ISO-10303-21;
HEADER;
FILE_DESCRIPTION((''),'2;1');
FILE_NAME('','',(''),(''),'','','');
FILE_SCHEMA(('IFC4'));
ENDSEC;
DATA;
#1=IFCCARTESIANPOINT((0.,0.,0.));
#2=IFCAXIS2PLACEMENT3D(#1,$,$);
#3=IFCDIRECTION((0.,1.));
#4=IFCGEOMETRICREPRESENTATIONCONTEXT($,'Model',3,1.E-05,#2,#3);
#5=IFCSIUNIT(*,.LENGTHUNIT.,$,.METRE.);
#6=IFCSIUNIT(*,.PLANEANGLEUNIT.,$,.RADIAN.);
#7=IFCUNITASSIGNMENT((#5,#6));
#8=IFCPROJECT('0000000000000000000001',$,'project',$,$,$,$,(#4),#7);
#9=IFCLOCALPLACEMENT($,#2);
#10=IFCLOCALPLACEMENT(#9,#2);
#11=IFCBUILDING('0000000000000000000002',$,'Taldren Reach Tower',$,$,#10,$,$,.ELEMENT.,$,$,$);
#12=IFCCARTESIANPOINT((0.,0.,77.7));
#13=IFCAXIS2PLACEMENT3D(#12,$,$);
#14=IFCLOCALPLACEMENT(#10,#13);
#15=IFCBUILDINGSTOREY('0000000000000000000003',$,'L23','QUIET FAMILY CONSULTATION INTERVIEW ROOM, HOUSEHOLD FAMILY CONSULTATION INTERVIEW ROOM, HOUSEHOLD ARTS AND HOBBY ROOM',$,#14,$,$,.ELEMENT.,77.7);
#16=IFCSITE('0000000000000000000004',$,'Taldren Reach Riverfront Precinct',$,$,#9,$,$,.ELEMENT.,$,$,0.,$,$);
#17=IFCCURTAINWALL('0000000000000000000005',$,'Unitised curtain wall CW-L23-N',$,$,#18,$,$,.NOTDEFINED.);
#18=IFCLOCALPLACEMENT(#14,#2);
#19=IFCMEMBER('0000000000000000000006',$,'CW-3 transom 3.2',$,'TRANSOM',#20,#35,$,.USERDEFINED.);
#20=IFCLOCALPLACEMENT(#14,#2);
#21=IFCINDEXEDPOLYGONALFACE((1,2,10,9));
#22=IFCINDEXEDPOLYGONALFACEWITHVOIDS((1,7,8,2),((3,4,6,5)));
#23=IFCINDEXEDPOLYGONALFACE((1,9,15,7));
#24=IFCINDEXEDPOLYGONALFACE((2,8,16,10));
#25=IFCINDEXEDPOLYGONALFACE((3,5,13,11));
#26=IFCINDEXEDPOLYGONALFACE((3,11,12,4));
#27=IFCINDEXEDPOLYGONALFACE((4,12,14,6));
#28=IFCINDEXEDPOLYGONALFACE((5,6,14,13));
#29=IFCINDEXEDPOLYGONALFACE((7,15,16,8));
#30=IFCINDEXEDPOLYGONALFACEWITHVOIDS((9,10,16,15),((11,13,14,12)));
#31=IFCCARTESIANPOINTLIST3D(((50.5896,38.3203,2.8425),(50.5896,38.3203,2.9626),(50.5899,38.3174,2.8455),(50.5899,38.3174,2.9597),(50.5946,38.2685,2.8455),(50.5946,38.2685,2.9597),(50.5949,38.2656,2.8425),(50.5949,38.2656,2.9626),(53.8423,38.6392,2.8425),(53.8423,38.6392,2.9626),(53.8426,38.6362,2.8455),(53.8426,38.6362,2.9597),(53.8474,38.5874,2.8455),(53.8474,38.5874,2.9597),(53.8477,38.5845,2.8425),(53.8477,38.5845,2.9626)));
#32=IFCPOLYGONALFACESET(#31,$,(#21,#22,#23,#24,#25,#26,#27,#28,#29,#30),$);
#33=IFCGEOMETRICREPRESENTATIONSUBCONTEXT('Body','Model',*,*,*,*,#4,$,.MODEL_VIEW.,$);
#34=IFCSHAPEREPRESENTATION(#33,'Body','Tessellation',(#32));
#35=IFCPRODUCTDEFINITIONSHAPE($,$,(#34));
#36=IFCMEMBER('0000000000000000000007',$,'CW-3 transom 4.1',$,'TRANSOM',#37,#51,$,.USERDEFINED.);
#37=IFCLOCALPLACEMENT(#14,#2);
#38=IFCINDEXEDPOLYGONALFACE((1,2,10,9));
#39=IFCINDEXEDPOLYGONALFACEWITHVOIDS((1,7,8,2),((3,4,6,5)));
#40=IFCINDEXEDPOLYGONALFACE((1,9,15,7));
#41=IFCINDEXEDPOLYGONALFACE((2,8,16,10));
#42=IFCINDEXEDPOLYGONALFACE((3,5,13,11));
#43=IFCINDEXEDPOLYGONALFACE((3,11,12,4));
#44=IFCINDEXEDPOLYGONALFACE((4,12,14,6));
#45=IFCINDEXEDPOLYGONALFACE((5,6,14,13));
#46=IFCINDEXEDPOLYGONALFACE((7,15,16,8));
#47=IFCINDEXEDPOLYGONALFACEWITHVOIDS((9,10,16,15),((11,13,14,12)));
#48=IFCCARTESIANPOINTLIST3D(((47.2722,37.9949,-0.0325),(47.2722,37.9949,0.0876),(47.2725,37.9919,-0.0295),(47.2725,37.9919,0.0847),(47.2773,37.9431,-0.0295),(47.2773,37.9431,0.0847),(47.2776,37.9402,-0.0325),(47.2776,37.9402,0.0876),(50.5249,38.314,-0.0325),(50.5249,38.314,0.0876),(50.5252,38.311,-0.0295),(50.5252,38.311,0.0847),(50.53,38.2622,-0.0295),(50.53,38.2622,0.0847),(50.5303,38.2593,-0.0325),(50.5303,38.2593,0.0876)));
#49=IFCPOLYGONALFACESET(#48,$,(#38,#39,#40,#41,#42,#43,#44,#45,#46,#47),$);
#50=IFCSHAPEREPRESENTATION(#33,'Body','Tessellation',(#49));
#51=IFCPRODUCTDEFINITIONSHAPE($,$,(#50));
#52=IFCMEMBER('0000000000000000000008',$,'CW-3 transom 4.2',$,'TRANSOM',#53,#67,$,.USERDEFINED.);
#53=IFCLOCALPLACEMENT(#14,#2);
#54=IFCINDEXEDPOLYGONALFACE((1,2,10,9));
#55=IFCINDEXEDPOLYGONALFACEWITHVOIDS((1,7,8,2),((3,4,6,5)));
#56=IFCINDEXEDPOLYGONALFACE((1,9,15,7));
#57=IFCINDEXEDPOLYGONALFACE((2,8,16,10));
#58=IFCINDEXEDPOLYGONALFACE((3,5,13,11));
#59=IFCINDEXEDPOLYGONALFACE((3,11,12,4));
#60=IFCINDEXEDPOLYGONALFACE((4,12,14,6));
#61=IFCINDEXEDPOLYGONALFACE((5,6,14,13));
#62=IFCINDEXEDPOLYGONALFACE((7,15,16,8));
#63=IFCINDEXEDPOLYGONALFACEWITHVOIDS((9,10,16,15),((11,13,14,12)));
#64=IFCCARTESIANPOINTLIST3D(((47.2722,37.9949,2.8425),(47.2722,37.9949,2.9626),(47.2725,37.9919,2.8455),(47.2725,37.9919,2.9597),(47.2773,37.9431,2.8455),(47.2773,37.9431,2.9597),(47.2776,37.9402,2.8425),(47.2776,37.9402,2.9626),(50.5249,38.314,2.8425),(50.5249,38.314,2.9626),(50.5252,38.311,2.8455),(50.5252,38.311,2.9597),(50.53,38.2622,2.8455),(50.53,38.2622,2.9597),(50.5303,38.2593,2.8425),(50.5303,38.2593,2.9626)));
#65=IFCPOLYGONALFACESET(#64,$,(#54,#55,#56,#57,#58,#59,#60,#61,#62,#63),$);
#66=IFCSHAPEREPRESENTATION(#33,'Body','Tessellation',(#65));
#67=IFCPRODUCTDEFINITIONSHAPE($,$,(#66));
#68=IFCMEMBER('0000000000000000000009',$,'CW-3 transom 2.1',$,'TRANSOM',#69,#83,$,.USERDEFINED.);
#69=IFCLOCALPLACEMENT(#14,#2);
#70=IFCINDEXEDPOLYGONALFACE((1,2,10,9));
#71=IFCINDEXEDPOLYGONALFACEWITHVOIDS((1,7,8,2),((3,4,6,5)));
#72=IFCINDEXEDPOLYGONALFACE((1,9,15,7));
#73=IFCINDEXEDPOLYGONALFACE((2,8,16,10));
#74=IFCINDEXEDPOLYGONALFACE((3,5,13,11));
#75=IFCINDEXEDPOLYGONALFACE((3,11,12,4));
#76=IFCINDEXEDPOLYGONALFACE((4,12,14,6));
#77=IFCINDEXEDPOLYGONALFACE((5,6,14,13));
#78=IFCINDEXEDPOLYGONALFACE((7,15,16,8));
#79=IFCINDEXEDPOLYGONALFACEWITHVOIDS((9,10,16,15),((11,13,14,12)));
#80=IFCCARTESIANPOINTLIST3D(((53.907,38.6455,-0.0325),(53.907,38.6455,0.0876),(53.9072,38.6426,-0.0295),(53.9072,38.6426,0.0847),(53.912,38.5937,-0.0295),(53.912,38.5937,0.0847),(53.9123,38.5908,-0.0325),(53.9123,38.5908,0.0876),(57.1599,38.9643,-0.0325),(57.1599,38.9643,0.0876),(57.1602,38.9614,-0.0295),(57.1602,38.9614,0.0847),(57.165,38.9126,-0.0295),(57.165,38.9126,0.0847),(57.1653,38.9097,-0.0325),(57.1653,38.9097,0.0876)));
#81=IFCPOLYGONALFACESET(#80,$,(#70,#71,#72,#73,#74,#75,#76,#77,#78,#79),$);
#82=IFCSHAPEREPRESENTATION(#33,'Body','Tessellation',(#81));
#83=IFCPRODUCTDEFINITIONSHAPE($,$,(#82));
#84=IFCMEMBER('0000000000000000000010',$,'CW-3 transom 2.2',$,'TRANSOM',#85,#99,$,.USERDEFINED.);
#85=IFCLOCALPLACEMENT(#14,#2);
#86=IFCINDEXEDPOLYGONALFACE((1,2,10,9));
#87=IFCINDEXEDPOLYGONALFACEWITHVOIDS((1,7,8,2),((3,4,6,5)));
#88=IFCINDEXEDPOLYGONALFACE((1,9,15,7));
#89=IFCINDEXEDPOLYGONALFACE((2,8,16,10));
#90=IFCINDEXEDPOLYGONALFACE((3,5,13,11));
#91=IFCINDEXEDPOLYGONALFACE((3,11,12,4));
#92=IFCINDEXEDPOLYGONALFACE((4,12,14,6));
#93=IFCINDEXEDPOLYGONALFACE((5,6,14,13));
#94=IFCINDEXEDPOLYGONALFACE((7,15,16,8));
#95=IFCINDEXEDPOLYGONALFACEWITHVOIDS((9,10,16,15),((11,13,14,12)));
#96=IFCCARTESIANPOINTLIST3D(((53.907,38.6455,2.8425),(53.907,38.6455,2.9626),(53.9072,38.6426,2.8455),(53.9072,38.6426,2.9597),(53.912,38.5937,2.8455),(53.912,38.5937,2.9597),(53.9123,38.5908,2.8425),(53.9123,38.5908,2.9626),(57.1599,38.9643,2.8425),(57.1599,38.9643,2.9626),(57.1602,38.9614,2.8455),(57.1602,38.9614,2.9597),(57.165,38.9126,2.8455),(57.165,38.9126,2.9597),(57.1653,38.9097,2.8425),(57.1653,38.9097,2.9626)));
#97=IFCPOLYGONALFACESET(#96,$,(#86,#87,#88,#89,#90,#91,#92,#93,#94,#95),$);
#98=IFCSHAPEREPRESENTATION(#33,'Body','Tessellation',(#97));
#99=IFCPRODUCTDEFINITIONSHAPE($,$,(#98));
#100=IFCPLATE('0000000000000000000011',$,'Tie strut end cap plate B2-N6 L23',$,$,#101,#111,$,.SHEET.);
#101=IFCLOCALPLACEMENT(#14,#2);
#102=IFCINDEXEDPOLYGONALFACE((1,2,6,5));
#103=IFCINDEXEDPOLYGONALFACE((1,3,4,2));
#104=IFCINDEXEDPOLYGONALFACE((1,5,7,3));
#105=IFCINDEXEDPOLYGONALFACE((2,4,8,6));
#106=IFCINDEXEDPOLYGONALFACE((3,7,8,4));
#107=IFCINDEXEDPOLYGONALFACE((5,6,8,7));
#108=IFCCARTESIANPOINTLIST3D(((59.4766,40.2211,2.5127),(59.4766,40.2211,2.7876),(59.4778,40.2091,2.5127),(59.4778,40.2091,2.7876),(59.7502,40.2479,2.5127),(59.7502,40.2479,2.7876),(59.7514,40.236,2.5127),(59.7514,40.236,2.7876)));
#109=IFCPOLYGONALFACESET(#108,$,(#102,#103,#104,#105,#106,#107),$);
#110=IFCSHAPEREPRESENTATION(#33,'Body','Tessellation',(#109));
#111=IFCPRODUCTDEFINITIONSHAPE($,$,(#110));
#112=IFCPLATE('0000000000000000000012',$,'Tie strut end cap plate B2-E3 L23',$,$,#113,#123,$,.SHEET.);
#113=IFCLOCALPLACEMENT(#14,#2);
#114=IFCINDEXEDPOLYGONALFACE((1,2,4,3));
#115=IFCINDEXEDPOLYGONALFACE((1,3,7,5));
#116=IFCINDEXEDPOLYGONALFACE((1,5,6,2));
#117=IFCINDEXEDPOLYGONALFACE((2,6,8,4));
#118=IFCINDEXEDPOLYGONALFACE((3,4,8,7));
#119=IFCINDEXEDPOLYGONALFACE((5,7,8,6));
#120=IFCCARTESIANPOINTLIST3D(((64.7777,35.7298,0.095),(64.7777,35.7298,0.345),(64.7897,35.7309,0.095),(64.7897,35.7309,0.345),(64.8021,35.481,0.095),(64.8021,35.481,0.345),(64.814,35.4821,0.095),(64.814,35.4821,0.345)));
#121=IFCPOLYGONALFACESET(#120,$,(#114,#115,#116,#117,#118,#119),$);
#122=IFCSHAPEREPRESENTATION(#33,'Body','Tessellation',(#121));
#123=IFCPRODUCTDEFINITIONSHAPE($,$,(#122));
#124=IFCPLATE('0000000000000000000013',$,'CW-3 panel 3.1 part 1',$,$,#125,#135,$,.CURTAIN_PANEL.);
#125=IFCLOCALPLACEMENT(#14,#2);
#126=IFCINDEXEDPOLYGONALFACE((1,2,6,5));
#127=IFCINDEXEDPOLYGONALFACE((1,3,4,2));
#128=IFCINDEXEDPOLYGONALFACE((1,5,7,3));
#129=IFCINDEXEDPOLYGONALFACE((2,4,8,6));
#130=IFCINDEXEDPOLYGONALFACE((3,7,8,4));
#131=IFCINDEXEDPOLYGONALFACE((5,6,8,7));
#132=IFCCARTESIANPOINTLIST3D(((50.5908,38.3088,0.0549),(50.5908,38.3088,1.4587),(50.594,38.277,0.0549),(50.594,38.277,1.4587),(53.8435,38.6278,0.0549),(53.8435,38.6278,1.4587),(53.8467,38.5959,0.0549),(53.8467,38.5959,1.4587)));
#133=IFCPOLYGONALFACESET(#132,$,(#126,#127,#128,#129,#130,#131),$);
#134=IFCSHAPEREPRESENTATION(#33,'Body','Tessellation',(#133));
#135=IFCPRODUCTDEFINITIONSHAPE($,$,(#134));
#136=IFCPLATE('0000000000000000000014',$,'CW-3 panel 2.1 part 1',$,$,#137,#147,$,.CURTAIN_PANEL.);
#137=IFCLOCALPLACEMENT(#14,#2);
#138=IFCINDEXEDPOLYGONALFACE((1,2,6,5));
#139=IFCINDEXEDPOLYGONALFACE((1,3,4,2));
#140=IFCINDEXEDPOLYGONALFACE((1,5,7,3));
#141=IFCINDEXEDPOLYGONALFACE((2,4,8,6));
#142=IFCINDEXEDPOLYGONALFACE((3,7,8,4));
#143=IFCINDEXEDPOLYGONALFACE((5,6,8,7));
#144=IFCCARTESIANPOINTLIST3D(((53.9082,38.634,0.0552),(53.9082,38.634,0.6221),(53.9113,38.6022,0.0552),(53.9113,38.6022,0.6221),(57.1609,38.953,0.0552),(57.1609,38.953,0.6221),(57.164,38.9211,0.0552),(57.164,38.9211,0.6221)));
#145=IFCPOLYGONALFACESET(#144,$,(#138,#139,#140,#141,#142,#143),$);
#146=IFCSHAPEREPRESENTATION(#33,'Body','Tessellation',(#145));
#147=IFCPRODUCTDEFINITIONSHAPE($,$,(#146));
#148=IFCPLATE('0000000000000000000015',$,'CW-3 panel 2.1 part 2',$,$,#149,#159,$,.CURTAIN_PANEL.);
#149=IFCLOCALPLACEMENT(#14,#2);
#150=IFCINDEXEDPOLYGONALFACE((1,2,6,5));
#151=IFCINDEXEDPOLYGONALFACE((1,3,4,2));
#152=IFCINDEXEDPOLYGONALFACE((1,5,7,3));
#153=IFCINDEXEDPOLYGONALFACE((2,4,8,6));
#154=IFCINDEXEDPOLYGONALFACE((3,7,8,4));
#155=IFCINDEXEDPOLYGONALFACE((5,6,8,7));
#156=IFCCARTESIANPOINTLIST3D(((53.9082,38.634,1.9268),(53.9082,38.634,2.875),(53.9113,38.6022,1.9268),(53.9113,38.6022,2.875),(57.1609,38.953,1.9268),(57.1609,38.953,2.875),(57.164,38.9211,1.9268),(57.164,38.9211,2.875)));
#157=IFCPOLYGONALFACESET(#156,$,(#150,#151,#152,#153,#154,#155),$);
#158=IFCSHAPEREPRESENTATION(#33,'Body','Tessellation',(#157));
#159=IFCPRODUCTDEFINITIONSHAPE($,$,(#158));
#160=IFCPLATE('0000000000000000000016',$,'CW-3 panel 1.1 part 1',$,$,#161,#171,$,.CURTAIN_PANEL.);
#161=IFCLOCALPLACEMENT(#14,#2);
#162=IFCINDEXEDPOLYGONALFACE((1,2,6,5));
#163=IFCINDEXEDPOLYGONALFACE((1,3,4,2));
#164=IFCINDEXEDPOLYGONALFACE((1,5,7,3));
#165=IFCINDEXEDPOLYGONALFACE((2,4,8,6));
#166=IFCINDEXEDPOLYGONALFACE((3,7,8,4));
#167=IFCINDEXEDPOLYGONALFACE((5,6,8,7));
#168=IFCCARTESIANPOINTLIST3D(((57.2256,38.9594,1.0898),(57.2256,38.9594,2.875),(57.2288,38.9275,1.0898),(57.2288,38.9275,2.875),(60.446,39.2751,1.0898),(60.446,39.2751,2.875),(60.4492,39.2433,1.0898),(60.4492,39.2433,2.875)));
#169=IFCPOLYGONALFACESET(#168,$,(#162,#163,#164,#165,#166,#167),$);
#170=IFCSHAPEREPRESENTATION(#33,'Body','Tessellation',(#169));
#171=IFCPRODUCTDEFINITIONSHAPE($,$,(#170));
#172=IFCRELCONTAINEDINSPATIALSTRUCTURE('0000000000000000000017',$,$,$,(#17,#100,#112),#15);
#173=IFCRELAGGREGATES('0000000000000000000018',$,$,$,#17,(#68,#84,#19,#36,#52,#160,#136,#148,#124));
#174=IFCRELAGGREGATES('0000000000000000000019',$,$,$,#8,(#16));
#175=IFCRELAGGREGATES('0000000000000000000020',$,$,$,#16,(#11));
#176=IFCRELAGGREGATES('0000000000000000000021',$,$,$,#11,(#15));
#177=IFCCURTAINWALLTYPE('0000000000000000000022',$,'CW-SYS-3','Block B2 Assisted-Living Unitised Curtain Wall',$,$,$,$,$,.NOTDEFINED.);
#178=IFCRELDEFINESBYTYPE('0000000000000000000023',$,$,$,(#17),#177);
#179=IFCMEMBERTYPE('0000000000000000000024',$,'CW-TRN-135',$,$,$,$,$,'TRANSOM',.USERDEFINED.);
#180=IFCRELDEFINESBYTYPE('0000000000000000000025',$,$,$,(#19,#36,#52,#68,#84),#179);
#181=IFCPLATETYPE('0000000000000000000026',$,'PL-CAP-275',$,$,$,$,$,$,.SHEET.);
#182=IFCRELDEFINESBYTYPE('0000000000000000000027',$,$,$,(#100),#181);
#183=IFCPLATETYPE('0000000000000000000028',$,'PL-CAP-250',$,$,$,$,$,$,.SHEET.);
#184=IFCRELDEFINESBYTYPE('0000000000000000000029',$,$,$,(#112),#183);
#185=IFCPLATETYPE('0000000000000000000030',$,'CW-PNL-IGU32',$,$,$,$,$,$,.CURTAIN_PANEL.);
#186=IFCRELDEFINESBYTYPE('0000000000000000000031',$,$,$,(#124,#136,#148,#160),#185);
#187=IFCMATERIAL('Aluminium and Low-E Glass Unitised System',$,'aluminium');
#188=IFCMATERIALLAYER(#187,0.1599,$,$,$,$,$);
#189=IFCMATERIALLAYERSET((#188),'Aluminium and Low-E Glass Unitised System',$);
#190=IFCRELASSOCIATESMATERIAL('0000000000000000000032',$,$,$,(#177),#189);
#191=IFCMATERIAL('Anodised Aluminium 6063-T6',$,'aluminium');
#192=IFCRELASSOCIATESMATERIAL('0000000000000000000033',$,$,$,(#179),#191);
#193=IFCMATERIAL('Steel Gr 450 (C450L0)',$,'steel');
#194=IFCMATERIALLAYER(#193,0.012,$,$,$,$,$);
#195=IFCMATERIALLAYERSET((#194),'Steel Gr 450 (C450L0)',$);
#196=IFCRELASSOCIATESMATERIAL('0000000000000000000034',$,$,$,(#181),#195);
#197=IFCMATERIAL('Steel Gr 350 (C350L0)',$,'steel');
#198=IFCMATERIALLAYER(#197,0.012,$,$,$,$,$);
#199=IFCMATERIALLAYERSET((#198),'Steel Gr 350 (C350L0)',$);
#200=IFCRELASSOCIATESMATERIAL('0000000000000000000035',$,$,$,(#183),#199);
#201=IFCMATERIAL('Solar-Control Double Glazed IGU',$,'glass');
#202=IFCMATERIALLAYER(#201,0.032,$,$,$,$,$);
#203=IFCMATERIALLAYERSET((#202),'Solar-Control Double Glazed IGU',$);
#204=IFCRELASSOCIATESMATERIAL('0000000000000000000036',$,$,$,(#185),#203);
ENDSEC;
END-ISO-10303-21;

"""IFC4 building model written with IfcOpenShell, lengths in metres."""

from ifc_helpers import new_model, si_unit, direction, frame, origin, origin_2d, place, context, subcontext, project, spatial, rectangle, hollow_rectangle, extrude, source, transform, mapped, material, layer, layer_set, material_profile, profile_set, type_object, element, aggregate, save


model = new_model("IFC4")

# Units and contexts
model_context = context("Model", 3, precision=1e-05, world=origin(), true_north=direction((0.0, 1.0)))
body_context = subcontext(model_context, "Body", "Model", "MODEL_VIEW")
ifc_project = project(units=[si_unit("LENGTHUNIT", "METRE"), si_unit("PLANEANGLEUNIT", "RADIAN")], contexts=[model_context])

# Site, building, storey
site_placement = place(None, origin())
site = spatial("IfcSite", under=ifc_project, at=site_placement, Name="Taldren Reach Riverfront Precinct", CompositionType="ELEMENT", RefElevation=0.0)
building_placement = place(site_placement, origin())
building = spatial("IfcBuilding", under=site, at=building_placement, Name="Taldren Reach Tower", CompositionType="ELEMENT")
storey_placement = place(building_placement, frame((0.0, 0.0, 77.7)))
storey = spatial("IfcBuildingStorey", under=building, at=storey_placement, Name="L23", Description="QUIET FAMILY CONSULTATION INTERVIEW ROOM, HOUSEHOLD FAMILY CONSULTATION INTERVIEW ROOM, HOUSEHOLD ARTS AND HOBBY ROOM", CompositionType="ELEMENT", Elevation=77.7)

# Shared definitions
ifc_material_1 = material(Name="Steel Gr 450 (C450L0)", Category="steel")
ifc_material_2 = material(Name="Steel Gr 350 (C350L0)", Category="steel")

# Curtain wall
ifc_material_3 = material(Name="Aluminium and Low-E Glass Unitised System", Category="aluminium")
ifc_layer_1 = layer(ifc_material_3, 0.1599)
ifc_layer_set_1 = layer_set([ifc_layer_1], Name="Aluminium and Low-E Glass Unitised System")
curtain_wall_type = type_object("IfcCurtainWallType", Name="CW-SYS-3", Description="Block B2 Assisted-Living Unitised Curtain Wall", PredefinedType="NOTDEFINED", material=ifc_layer_set_1)
curtain_wall_1_placement = place(storey_placement, origin())
curtain_wall_1 = element("IfcCurtainWall", 1, at=curtain_wall_1_placement, inside=storey, type_object=curtain_wall_type, Name="Unitised curtain wall CW-L23-N", PredefinedType="NOTDEFINED")
ifc_material_4 = material(Name="Anodised Aluminium 6063-T6", Category="aluminium")

# Members
ifc_material_profile_1 = material_profile(ifc_material_4, hollow_rectangle(XDim=0.0549, YDim=0.1201, WallThickness=0.0029, at=origin_2d()), Name="ALU-120x55x3RHS")
ifc_profile_set_1 = profile_set([ifc_material_profile_1], Name="Anodised Aluminium 6063-T6")
member_type_1 = type_object("IfcMemberType", Name="CW-TRN-135", ElementType="TRANSOM", PredefinedType="USERDEFINED", material=ifc_profile_set_1)
shared_shape_1 = source(origin(), body_context, "Body", "SweptSolid", [
    extrude(hollow_rectangle(XDim=0.0549, YDim=0.1201, WallThickness=0.0029, at=origin_2d()), origin(), (0.0, 0.0, 1.0), 3.2683),
])
member_1_placement = place(storey_placement, frame((53.845, 38.6118, 2.9026), z_axis=(-0.99523, -0.097558, 0.0), x_axis=(0.097558, -0.99523, 0.0)))
member_1 = element("IfcMember", 2, at=member_1_placement, type_object=member_type_1, Name="CW-3 transom 3.2", ObjectType="TRANSOM", PredefinedType="USERDEFINED", context=body_context, shape_type="MappedRepresentation", body=[
    mapped(shared_shape_1, transform((0.0, 0.0, 0.0), scale=1.0)),
])
member_2_placement = place(storey_placement, frame((50.5276, 38.2866, 0.0276), z_axis=(-0.995223, -0.097632, 0.0), x_axis=(0.097632, -0.995223, 0.0)))
member_2 = element("IfcMember", 3, at=member_2_placement, type_object=member_type_1, Name="CW-3 transom 4.1", ObjectType="TRANSOM", PredefinedType="USERDEFINED", context=body_context, shape_type="MappedRepresentation", body=[
    mapped(shared_shape_1, transform((0.0, 0.0, 0.0), scale=1.0)),
])
member_3_placement = place(storey_placement, frame((50.5276, 38.2866, 2.9026), z_axis=(-0.995223, -0.097632, 0.0), x_axis=(0.097632, -0.995223, 0.0)))
member_3 = element("IfcMember", 4, at=member_3_placement, type_object=member_type_1, Name="CW-3 transom 4.2", ObjectType="TRANSOM", PredefinedType="USERDEFINED", context=body_context, shape_type="MappedRepresentation", body=[
    mapped(shared_shape_1, transform((0.0, 0.0, 0.0), scale=1.0)),
])
shared_shape_2 = source(origin(), body_context, "Body", "SweptSolid", [
    extrude(hollow_rectangle(XDim=0.0549, YDim=0.1201, WallThickness=0.0029, at=origin_2d()), origin(), (0.0, 0.0, 1.0), 3.2686),
])
member_4_placement = place(storey_placement, frame((57.1626, 38.937, 0.0276), z_axis=(-0.995231, -0.097551, 0.0), x_axis=(0.097551, -0.995231, 0.0)))
member_4 = element("IfcMember", 5, at=member_4_placement, type_object=member_type_1, Name="CW-3 transom 2.1", ObjectType="TRANSOM", PredefinedType="USERDEFINED", context=body_context, shape_type="MappedRepresentation", body=[
    mapped(shared_shape_2, transform((0.0, 0.0, 0.0), scale=1.0)),
])
member_5_placement = place(storey_placement, frame((57.1626, 38.937, 2.9026), z_axis=(-0.995231, -0.097551, 0.0), x_axis=(0.097551, -0.995231, 0.0)))
member_5 = element("IfcMember", 6, at=member_5_placement, type_object=member_type_1, Name="CW-3 transom 2.2", ObjectType="TRANSOM", PredefinedType="USERDEFINED", context=body_context, shape_type="MappedRepresentation", body=[
    mapped(shared_shape_2, transform((0.0, 0.0, 0.0), scale=1.0)),
])

# Plates
ifc_layer_2 = layer(ifc_material_1, 0.012)
ifc_layer_set_2 = layer_set([ifc_layer_2], Name="Steel Gr 450 (C450L0)")
plate_type_1 = type_object("IfcPlateType", Name="PL-CAP-275", PredefinedType="SHEET", material=ifc_layer_set_2)
shared_shape_3 = source(origin(), body_context, "Body", "SweptSolid", [
    extrude(rectangle(XDim=0.2749, YDim=0.012, at=origin_2d()), origin(), (0.0, 0.0, 1.0), 0.2749),
])
plate_1_placement = place(storey_placement, frame((59.614, 40.2285, 2.5127), z_axis=(0.0, 0.0, 1.0), x_axis=(0.995227, 0.097583, 0.0)))
element("IfcPlate", 7, at=plate_1_placement, inside=storey, type_object=plate_type_1, Name="Tie strut end cap plate B2-N6 L23", PredefinedType="SHEET", context=body_context, shape_type="MappedRepresentation", body=[
    mapped(shared_shape_3, transform((0.0, 0.0, 0.0), scale=1.0)),
])
ifc_layer_3 = layer(ifc_material_2, 0.012)
ifc_layer_set_3 = layer_set([ifc_layer_3], Name="Steel Gr 350 (C350L0)")
plate_type_2 = type_object("IfcPlateType", Name="PL-CAP-250", PredefinedType="SHEET", material=ifc_layer_set_3)
shared_shape_4 = source(origin(), body_context, "Body", "SweptSolid", [
    extrude(rectangle(XDim=0.012, YDim=0.25, at=origin_2d()), origin(), (0.0, 0.0, 1.0), 0.25),
])
plate_2_placement = place(storey_placement, frame((64.7959, 35.606, 0.095), z_axis=(0.0, 0.0, 1.0), x_axis=(0.995227, 0.097583, 0.0)))
element("IfcPlate", 8, at=plate_2_placement, inside=storey, type_object=plate_type_2, Name="Tie strut end cap plate B2-E3 L23", PredefinedType="SHEET", context=body_context, shape_type="MappedRepresentation", body=[
    mapped(shared_shape_4, transform((0.0, 0.0, 0.0), scale=1.0)),
])

# Plates
ifc_material_5 = material(Name="Solar-Control Double Glazed IGU", Category="glass")
ifc_layer_4 = layer(ifc_material_5, 0.032)
ifc_layer_set_4 = layer_set([ifc_layer_4], Name="Solar-Control Double Glazed IGU")
plate_type_3 = type_object("IfcPlateType", Name="CW-PNL-IGU32", PredefinedType="CURTAIN_PANEL", material=ifc_layer_set_4)
shared_shape_5 = source(origin(), body_context, "Body", "SweptSolid", [
    extrude(rectangle(XDim=3.2683, YDim=0.032, at=origin_2d()), origin(), (0.0, 0.0, 1.0), 1.4038),
])
plate_3_placement = place(storey_placement, frame((52.2188, 38.4524, 0.0549), z_axis=(0.0, 0.0, 1.0), x_axis=(-0.995227, -0.097583, 0.0)))
plate_3 = element("IfcPlate", 9, at=plate_3_placement, type_object=plate_type_3, Name="CW-3 panel 3.1 part 1", PredefinedType="CURTAIN_PANEL", context=body_context, shape_type="MappedRepresentation", body=[
    mapped(shared_shape_5, transform((0.0, 0.0, 0.0), scale=1.0)),
])
shared_shape_6 = source(origin(), body_context, "Body", "SweptSolid", [
    extrude(rectangle(XDim=3.2683, YDim=0.032, at=origin_2d()), origin(), (0.0, 0.0, 1.0), 0.5669),
])
plate_4_placement = place(storey_placement, frame((55.5361, 38.7776, 0.0552), z_axis=(0.0, 0.0, 1.0), x_axis=(-0.995227, -0.097583, 0.0)))
plate_4 = element("IfcPlate", 10, at=plate_4_placement, type_object=plate_type_3, Name="CW-3 panel 2.1 part 1", PredefinedType="CURTAIN_PANEL", context=body_context, shape_type="MappedRepresentation", body=[
    mapped(shared_shape_6, transform((0.0, 0.0, 0.0), scale=1.0)),
])
shared_shape_7 = source(origin(), body_context, "Body", "SweptSolid", [
    extrude(rectangle(XDim=3.2683, YDim=0.032, at=origin_2d()), origin(), (0.0, 0.0, 1.0), 0.9482),
])
plate_5_placement = place(storey_placement, frame((55.5361, 38.7776, 1.9268), z_axis=(0.0, 0.0, 1.0), x_axis=(-0.995227, -0.097583, 0.0)))
plate_5 = element("IfcPlate", 11, at=plate_5_placement, type_object=plate_type_3, Name="CW-3 panel 2.1 part 2", PredefinedType="CURTAIN_PANEL", context=body_context, shape_type="MappedRepresentation", body=[
    mapped(shared_shape_7, transform((0.0, 0.0, 0.0), scale=1.0)),
])
shared_shape_8 = source(origin(), body_context, "Body", "SweptSolid", [
    extrude(rectangle(XDim=3.2358, YDim=0.032, at=origin_2d()), origin(), (0.0, 0.0, 1.0), 1.7852),
])
plate_6_placement = place(storey_placement, frame((58.8374, 39.1013, 1.0898), z_axis=(0.0, 0.0, 1.0), x_axis=(-0.995227, -0.097583, 0.0)))
plate_6 = element("IfcPlate", 12, at=plate_6_placement, type_object=plate_type_3, Name="CW-3 panel 1.1 part 1", PredefinedType="CURTAIN_PANEL", context=body_context, shape_type="MappedRepresentation", body=[
    mapped(shared_shape_8, transform((0.0, 0.0, 0.0), scale=1.0)),
])
aggregate(curtain_wall_1, [member_4, member_5, member_1, member_2, member_3, plate_6, plate_4, plate_5, plate_3])

save(model, "model.ifc")
